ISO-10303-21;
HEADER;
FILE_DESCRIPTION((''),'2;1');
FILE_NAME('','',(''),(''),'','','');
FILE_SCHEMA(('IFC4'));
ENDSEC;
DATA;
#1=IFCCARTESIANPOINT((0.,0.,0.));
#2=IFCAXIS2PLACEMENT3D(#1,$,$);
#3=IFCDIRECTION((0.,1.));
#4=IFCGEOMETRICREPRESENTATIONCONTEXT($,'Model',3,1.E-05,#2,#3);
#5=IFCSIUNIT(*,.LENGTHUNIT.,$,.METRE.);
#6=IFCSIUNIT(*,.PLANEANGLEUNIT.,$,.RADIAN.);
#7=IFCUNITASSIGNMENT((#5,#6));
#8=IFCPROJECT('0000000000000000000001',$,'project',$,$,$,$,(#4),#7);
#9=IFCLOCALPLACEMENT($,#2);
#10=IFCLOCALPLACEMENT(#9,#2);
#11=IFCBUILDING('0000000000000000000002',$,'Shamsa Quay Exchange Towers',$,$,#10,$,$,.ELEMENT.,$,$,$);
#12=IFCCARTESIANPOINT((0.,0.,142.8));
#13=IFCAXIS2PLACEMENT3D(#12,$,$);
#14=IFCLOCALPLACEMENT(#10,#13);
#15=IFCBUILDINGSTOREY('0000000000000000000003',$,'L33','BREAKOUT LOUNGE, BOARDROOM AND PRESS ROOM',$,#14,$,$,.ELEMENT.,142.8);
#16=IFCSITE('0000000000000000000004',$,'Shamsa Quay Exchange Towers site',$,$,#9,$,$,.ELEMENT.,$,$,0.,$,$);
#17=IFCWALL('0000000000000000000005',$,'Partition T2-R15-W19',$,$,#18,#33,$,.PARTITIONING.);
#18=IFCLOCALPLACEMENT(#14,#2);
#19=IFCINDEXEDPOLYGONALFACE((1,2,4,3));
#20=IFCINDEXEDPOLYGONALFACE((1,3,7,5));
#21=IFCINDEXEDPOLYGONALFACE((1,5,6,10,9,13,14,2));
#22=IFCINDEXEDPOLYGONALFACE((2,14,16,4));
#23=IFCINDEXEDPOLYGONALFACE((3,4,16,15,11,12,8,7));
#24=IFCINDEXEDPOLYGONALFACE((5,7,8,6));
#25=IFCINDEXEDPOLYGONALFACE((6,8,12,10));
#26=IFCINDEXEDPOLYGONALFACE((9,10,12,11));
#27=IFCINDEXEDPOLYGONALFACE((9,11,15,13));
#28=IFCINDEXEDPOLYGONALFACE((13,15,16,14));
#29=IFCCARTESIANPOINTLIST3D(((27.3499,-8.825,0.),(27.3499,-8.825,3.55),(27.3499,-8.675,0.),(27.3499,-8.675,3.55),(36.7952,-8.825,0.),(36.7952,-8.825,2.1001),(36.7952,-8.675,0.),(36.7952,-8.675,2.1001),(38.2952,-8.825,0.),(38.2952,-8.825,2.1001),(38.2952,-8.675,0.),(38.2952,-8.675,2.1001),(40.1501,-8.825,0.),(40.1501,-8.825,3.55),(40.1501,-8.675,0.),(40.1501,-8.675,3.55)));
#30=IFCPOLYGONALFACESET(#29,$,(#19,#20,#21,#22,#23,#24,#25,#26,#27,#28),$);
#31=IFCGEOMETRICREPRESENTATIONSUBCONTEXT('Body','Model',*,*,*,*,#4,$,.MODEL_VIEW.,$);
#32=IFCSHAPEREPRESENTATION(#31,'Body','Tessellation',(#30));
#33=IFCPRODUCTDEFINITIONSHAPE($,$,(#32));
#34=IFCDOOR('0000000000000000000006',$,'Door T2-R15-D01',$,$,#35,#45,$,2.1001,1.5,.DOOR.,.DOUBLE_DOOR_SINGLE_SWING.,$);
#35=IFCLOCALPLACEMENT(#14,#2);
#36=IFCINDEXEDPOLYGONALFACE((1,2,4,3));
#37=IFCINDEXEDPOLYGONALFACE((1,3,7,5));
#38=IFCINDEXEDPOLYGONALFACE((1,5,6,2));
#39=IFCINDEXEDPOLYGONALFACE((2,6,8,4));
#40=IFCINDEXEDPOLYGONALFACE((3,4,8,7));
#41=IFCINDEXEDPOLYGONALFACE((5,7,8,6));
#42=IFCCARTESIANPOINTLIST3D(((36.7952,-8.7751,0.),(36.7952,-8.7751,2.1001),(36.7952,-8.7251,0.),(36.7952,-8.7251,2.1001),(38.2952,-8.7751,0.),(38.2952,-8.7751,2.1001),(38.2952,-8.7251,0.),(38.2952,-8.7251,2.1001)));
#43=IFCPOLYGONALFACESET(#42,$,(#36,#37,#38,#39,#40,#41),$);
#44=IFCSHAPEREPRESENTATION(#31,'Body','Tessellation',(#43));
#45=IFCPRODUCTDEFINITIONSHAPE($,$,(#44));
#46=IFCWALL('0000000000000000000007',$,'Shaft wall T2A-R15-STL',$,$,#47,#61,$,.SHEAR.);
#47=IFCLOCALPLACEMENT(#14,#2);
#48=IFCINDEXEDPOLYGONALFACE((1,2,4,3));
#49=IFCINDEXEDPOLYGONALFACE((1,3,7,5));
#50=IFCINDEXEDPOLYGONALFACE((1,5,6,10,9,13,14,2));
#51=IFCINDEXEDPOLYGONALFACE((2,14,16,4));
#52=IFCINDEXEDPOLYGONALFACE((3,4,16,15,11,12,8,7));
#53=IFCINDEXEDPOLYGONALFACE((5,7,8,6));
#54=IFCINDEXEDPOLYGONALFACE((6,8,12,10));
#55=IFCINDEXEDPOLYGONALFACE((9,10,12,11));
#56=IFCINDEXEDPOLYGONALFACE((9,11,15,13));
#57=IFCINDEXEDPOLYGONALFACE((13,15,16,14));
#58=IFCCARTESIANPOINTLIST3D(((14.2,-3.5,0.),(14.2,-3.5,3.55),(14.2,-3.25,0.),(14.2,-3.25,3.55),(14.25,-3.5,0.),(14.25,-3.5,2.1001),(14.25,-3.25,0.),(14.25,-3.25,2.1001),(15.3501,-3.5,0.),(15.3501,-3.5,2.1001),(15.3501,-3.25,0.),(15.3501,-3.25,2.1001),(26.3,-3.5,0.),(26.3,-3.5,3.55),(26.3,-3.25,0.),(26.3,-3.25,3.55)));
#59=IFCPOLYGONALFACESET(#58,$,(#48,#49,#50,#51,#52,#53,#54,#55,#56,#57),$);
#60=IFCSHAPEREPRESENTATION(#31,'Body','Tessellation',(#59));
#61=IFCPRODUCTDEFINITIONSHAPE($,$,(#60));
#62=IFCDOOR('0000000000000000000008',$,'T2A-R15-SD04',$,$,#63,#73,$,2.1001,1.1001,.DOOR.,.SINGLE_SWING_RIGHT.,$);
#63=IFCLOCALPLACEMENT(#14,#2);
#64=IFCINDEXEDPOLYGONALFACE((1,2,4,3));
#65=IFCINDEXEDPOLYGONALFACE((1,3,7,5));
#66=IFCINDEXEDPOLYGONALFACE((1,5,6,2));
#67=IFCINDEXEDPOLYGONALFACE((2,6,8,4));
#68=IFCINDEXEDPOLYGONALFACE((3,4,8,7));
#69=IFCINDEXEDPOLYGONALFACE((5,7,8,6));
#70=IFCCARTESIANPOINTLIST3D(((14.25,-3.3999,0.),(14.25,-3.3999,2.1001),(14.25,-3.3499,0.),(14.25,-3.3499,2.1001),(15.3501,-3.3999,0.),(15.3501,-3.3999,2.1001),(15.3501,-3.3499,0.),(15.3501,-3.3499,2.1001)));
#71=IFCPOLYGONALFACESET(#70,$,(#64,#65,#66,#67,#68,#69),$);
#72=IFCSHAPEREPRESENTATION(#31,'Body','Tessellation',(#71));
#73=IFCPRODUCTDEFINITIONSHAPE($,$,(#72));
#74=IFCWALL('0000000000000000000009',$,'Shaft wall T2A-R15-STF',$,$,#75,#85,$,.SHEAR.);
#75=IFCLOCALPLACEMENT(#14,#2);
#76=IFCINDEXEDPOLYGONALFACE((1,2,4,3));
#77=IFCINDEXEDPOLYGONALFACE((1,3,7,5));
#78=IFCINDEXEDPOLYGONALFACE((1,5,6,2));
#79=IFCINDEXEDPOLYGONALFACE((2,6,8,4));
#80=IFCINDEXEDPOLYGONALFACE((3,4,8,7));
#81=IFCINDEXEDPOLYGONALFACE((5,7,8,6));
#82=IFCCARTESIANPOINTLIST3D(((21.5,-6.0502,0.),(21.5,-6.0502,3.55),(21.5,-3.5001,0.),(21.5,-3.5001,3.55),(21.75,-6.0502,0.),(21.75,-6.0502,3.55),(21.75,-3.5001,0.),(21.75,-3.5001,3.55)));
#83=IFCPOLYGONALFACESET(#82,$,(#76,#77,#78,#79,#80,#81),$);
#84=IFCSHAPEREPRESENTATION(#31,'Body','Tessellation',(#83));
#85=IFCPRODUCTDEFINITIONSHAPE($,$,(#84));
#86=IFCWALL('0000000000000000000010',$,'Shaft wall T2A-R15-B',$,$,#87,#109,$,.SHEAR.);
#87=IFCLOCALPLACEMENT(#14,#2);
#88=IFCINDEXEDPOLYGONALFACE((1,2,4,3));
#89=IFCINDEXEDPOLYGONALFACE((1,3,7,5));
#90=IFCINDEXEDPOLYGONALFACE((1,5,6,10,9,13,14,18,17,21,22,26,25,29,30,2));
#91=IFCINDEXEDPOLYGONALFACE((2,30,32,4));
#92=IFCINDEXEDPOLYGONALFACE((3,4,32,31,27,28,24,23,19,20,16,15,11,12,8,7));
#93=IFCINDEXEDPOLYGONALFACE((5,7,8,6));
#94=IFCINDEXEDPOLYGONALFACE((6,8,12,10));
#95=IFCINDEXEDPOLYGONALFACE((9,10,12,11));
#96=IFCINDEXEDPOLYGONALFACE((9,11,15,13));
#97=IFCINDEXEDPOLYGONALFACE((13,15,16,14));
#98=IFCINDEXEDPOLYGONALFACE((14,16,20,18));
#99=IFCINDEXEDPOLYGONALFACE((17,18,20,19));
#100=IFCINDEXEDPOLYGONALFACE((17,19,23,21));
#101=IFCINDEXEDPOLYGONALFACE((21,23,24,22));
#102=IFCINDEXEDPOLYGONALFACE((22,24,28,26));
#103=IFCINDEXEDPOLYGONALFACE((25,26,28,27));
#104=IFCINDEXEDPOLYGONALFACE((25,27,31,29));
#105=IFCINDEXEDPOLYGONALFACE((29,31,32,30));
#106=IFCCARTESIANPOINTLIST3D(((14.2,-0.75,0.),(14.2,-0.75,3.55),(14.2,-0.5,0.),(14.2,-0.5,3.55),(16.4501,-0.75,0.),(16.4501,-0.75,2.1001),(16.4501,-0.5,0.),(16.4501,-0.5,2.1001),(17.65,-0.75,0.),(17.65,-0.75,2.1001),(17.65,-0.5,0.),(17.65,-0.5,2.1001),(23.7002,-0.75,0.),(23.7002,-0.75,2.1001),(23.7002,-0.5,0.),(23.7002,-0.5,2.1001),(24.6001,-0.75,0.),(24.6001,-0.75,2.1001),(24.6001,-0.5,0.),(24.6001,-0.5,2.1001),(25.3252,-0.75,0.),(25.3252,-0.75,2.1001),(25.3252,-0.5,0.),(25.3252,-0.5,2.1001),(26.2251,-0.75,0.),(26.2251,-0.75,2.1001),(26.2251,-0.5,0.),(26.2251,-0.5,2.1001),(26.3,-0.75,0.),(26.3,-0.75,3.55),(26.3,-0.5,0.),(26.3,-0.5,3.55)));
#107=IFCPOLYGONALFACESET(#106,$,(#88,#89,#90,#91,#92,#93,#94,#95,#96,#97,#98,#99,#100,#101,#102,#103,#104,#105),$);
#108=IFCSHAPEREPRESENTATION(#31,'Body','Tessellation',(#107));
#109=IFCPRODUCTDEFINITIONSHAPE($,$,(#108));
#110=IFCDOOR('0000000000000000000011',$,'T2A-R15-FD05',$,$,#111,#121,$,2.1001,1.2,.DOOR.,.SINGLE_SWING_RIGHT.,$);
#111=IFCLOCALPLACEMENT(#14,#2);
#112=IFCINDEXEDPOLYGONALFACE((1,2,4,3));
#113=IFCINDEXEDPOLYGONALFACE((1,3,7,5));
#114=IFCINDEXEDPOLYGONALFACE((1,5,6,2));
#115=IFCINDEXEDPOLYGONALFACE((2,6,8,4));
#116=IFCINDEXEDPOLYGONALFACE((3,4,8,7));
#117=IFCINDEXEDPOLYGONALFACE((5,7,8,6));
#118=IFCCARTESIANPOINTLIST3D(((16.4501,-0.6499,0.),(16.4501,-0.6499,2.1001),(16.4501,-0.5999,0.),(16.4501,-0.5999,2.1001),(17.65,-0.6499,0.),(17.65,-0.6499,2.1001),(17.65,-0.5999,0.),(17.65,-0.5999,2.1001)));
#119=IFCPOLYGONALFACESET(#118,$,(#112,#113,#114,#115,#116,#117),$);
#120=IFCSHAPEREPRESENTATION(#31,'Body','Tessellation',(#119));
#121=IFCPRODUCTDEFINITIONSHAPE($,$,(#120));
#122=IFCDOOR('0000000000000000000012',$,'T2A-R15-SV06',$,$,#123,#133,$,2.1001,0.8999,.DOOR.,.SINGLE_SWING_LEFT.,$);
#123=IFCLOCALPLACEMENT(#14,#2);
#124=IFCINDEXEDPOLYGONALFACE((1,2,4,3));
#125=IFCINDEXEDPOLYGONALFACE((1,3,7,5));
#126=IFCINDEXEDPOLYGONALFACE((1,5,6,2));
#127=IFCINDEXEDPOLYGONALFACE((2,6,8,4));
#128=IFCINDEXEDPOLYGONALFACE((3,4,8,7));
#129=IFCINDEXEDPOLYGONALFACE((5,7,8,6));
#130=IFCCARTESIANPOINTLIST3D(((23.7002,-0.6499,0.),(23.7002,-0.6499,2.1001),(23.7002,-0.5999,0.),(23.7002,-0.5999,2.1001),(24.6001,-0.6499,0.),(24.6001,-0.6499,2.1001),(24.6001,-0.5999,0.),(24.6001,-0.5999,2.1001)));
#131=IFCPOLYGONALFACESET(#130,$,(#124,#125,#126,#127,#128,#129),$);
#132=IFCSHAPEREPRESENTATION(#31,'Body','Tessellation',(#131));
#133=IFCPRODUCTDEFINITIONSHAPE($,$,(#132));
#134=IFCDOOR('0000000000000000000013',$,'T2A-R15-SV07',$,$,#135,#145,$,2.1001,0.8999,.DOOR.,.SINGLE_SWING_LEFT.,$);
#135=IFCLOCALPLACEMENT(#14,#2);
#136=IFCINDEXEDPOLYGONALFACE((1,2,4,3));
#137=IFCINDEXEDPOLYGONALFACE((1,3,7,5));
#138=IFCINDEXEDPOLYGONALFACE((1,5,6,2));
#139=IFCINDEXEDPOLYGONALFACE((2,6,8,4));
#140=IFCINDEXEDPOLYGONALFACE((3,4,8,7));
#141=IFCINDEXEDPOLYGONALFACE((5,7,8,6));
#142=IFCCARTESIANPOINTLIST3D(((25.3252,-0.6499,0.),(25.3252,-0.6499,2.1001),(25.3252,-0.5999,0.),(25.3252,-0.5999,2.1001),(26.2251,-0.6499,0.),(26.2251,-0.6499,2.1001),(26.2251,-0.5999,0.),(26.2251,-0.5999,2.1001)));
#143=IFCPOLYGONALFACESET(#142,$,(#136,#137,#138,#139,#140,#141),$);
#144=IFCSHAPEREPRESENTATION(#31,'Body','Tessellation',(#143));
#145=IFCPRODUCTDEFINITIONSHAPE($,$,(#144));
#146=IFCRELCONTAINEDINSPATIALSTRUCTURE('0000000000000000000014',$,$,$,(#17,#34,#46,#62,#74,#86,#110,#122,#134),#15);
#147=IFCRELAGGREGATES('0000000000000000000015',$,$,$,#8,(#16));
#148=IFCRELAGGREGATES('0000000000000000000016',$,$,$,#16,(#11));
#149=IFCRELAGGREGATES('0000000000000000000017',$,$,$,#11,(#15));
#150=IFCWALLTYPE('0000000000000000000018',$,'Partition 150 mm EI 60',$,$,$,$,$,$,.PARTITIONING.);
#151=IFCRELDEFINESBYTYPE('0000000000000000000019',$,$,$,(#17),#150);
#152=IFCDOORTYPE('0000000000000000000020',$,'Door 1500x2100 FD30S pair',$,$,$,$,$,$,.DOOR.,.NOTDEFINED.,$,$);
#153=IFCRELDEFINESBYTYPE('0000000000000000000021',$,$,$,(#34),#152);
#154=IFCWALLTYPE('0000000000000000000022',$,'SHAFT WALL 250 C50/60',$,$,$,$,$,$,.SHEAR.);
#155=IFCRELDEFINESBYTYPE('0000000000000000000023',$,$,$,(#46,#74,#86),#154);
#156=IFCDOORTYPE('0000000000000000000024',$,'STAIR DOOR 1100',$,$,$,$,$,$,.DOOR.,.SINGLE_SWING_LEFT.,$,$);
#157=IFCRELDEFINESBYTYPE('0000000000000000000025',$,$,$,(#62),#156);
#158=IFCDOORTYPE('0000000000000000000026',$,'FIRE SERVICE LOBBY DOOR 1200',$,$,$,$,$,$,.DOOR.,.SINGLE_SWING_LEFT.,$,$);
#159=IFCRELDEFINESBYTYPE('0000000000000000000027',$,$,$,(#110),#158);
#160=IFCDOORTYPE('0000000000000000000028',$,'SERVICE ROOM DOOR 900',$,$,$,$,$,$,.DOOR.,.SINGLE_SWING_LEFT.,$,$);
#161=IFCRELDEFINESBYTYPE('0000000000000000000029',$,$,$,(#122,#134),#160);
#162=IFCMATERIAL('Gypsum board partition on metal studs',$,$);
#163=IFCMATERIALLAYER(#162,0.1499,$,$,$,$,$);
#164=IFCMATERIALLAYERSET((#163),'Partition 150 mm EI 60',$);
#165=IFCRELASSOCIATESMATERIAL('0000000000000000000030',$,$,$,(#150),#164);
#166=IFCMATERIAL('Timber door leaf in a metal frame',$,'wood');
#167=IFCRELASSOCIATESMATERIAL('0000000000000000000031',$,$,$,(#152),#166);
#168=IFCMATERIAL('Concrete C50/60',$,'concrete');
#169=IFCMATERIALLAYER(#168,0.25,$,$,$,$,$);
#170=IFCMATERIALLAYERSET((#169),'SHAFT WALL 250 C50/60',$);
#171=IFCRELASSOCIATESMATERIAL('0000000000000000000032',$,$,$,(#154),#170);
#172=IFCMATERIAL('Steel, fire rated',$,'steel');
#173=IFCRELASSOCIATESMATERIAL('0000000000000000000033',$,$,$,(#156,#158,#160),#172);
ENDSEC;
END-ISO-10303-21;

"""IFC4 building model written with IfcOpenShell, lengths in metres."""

from ifc_helpers import new_model, si_unit, direction, frame, frame_2d, origin, place, context, subcontext, project, spatial, rectangle, extrude, material, layer, layer_set, type_object, element, fill, save


model = new_model("IFC4")

# Units and contexts
model_context = context("Model", 3, precision=1e-05, world=origin(), true_north=direction((0.0, 1.0)))
body_context = subcontext(model_context, "Body", "Model", "MODEL_VIEW")
ifc_project = project(units=[si_unit("LENGTHUNIT", "METRE"), si_unit("PLANEANGLEUNIT", "RADIAN")], contexts=[model_context])

# Site, building, storey
site_placement = place(None, origin())
site = spatial("IfcSite", under=ifc_project, at=site_placement, Name="Shamsa Quay Exchange Towers site", CompositionType="ELEMENT", RefElevation=0.0)
building_placement = place(site_placement, origin())
building = spatial("IfcBuilding", under=site, at=building_placement, Name="Shamsa Quay Exchange Towers", CompositionType="ELEMENT")
storey_placement = place(building_placement, frame((0.0, 0.0, 142.8)))
storey = spatial("IfcBuildingStorey", under=building, at=storey_placement, Name="L33", Description="BREAKOUT LOUNGE, BOARDROOM AND PRESS ROOM", CompositionType="ELEMENT", Elevation=142.8)

# Shared definitions
ifc_material_1 = material(Name="Gypsum board partition on metal studs")
ifc_layer_1 = layer(ifc_material_1, 0.1499)
ifc_layer_set_1 = layer_set([ifc_layer_1], Name="Partition 150 mm EI 60")
wall_type_1 = type_object("IfcWallType", Name="Partition 150 mm EI 60", PredefinedType="PARTITIONING", material=ifc_layer_set_1)

# Walls, openings, doors
wall_1_placement = place(storey_placement, frame((27.3499, -8.75, 0.0)))
wall_1 = element("IfcWall", 1, at=wall_1_placement, inside=storey, type_object=wall_type_1, Name="Partition T2-R15-W19", PredefinedType="PARTITIONING", context=body_context, shape_type="SweptSolid", body=[
    extrude(rectangle(XDim=12.8003, YDim=0.1499, at=frame_2d((6.4001, 0.0))), origin(), (0.0, 0.0, 1.0), 3.55),
])
opening_1_placement = place(wall_1_placement, frame((9.4453, 0.0, 0.0)))
opening_1 = element("IfcOpeningElement", 2, at=opening_1_placement, cuts=wall_1, PredefinedType="OPENING", context=body_context, shape_type="SweptSolid", body=[
    extrude(rectangle(XDim=1.5, YDim=2.1001, at=frame_2d((0.75, 1.05))), frame((0.0, 0.085, 0.0), z_axis=(0.0, -1.0, 0.0), x_axis=(1.0, 0.0, 0.0)), (0.0, 0.0, 1.0), 0.1699),
])
ifc_material_2 = material(Name="Timber door leaf in a metal frame", Category="wood")
door_type_1 = type_object("IfcDoorType", Name="Door 1500x2100 FD30S pair", OperationType="NOTDEFINED", PredefinedType="DOOR", material=ifc_material_2)
door_1_placement = place(opening_1_placement, origin())
door_1 = element("IfcDoor", 3, at=door_1_placement, inside=storey, type_object=door_type_1, Name="Door T2-R15-D01", OperationType="DOUBLE_DOOR_SINGLE_SWING", OverallHeight=2.1001, OverallWidth=1.5, PredefinedType="DOOR", context=body_context, shape_type="SweptSolid", body=[
    extrude(rectangle(XDim=1.5, YDim=2.1001, at=frame_2d((0.75, 1.05))), frame((0.0, 0.0249, 0.0), z_axis=(0.0, -1.0, 0.0), x_axis=(1.0, 0.0, 0.0)), (0.0, 0.0, 1.0), 0.05),
])
fill(opening_1, door_1)
ifc_material_3 = material(Name="Concrete C50/60", Category="concrete")
ifc_layer_2 = layer(ifc_material_3, 0.25)
ifc_layer_set_2 = layer_set([ifc_layer_2], Name="SHAFT WALL 250 C50/60")
wall_type_2 = type_object("IfcWallType", Name="SHAFT WALL 250 C50/60", PredefinedType="SHEAR", material=ifc_layer_set_2)
wall_2_placement = place(storey_placement, frame((26.3, -3.375, 0.0), z_axis=(0.0, 0.0, 1.0), x_axis=(-1.0, 0.0, 0.0)))
wall_2 = element("IfcWall", 4, at=wall_2_placement, inside=storey, type_object=wall_type_2, Name="Shaft wall T2A-R15-STL", PredefinedType="SHEAR", context=body_context, shape_type="SweptSolid", body=[
    extrude(rectangle(XDim=12.1001, YDim=0.25, at=frame_2d((6.05, 0.0))), origin(), (0.0, 0.0, 1.0), 3.55),
])
opening_2_placement = place(wall_2_placement, frame((10.95, 0.0, 0.0)))
opening_2 = element("IfcOpeningElement", 5, at=opening_2_placement, cuts=wall_2, PredefinedType="OPENING", context=body_context, shape_type="SweptSolid", body=[
    extrude(rectangle(XDim=1.1001, YDim=2.1001, at=frame_2d((0.55, 1.05))), frame((0.0, 0.135, 0.0), z_axis=(0.0, -1.0, 0.0), x_axis=(1.0, 0.0, 0.0)), (0.0, 0.0, 1.0), 0.27),
])
ifc_material_4 = material(Name="Steel, fire rated", Category="steel")
door_type_2 = type_object("IfcDoorType", Name="STAIR DOOR 1100", OperationType="SINGLE_SWING_LEFT", PredefinedType="DOOR", material=ifc_material_4)
door_2_placement = place(opening_2_placement, origin())
door_2 = element("IfcDoor", 6, at=door_2_placement, inside=storey, type_object=door_type_2, Name="T2A-R15-SD04", OperationType="SINGLE_SWING_RIGHT", OverallHeight=2.1001, OverallWidth=1.1001, PredefinedType="DOOR", context=body_context, shape_type="SweptSolid", body=[
    extrude(rectangle(XDim=1.1001, YDim=2.1001, at=frame_2d((0.55, 1.05))), frame((0.0, 0.0249, 0.0), z_axis=(0.0, -1.0, 0.0), x_axis=(1.0, 0.0, 0.0)), (0.0, 0.0, 1.0), 0.05),
])
fill(opening_2, door_2)

# Wall
wall_3_placement = place(storey_placement, frame((21.625, -6.05, 0.0), z_axis=(0.0, 0.0, 1.0), x_axis=(0.0, 1.0, 0.0)))
element("IfcWall", 7, at=wall_3_placement, inside=storey, type_object=wall_type_2, Name="Shaft wall T2A-R15-STF", PredefinedType="SHEAR", context=body_context, shape_type="SweptSolid", body=[
    extrude(rectangle(XDim=2.55, YDim=0.25, at=frame_2d((1.2749, 0.0))), origin(), (0.0, 0.0, 1.0), 3.55),
])

# Wall, openings, doors
wall_4_placement = place(storey_placement, frame((26.3, -0.625, 0.0), z_axis=(0.0, 0.0, 1.0), x_axis=(-1.0, 0.0, 0.0)))
wall_4 = element("IfcWall", 8, at=wall_4_placement, inside=storey, type_object=wall_type_2, Name="Shaft wall T2A-R15-B", PredefinedType="SHEAR", context=body_context, shape_type="SweptSolid", body=[
    extrude(rectangle(XDim=12.1001, YDim=0.25, at=frame_2d((6.05, 0.0))), origin(), (0.0, 0.0, 1.0), 3.55),
])
opening_3_placement = place(wall_4_placement, frame((8.6499, 0.0, 0.0)))
opening_3 = element("IfcOpeningElement", 9, at=opening_3_placement, cuts=wall_4, PredefinedType="OPENING", context=body_context, shape_type="SweptSolid", body=[
    extrude(rectangle(XDim=1.2, YDim=2.1001, at=frame_2d((0.6001, 1.05))), frame((0.0, 0.135, 0.0), z_axis=(0.0, -1.0, 0.0), x_axis=(1.0, 0.0, 0.0)), (0.0, 0.0, 1.0), 0.27),
])
opening_4_placement = place(wall_4_placement, frame((1.7, 0.0, 0.0)))
opening_4 = element("IfcOpeningElement", 10, at=opening_4_placement, cuts=wall_4, PredefinedType="OPENING", context=body_context, shape_type="SweptSolid", body=[
    extrude(rectangle(XDim=0.8999, YDim=2.1001, at=frame_2d((0.45, 1.05))), frame((0.0, 0.135, 0.0), z_axis=(0.0, -1.0, 0.0), x_axis=(1.0, 0.0, 0.0)), (0.0, 0.0, 1.0), 0.27),
])
opening_5_placement = place(wall_4_placement, frame((0.075, 0.0, 0.0)))
opening_5 = element("IfcOpeningElement", 11, at=opening_5_placement, cuts=wall_4, PredefinedType="OPENING", context=body_context, shape_type="SweptSolid", body=[
    extrude(rectangle(XDim=0.8999, YDim=2.1001, at=frame_2d((0.45, 1.05))), frame((0.0, 0.135, 0.0), z_axis=(0.0, -1.0, 0.0), x_axis=(1.0, 0.0, 0.0)), (0.0, 0.0, 1.0), 0.27),
])
door_type_3 = type_object("IfcDoorType", Name="FIRE SERVICE LOBBY DOOR 1200", OperationType="SINGLE_SWING_LEFT", PredefinedType="DOOR", material=ifc_material_4)
door_3_placement = place(opening_3_placement, origin())
door_3 = element("IfcDoor", 12, at=door_3_placement, inside=storey, type_object=door_type_3, Name="T2A-R15-FD05", OperationType="SINGLE_SWING_RIGHT", OverallHeight=2.1001, OverallWidth=1.2, PredefinedType="DOOR", context=body_context, shape_type="SweptSolid", body=[
    extrude(rectangle(XDim=1.2, YDim=2.1001, at=frame_2d((0.6001, 1.05))), frame((0.0, 0.0249, 0.0), z_axis=(0.0, -1.0, 0.0), x_axis=(1.0, 0.0, 0.0)), (0.0, 0.0, 1.0), 0.05),
])
fill(opening_3, door_3)
door_type_4 = type_object("IfcDoorType", Name="SERVICE ROOM DOOR 900", OperationType="SINGLE_SWING_LEFT", PredefinedType="DOOR", material=ifc_material_4)
door_4_placement = place(opening_4_placement, origin())
door_4 = element("IfcDoor", 13, at=door_4_placement, inside=storey, type_object=door_type_4, Name="T2A-R15-SV06", OperationType="SINGLE_SWING_LEFT", OverallHeight=2.1001, OverallWidth=0.8999, PredefinedType="DOOR", context=body_context, shape_type="SweptSolid", body=[
    extrude(rectangle(XDim=0.8999, YDim=2.1001, at=frame_2d((0.45, 1.05))), frame((0.0, 0.0249, 0.0), z_axis=(0.0, -1.0, 0.0), x_axis=(1.0, 0.0, 0.0)), (0.0, 0.0, 1.0), 0.05),
])
fill(opening_4, door_4)
door_5_placement = place(opening_5_placement, origin())
door_5 = element("IfcDoor", 14, at=door_5_placement, inside=storey, type_object=door_type_4, Name="T2A-R15-SV07", OperationType="SINGLE_SWING_LEFT", OverallHeight=2.1001, OverallWidth=0.8999, PredefinedType="DOOR", context=body_context, shape_type="SweptSolid", body=[
    extrude(rectangle(XDim=0.8999, YDim=2.1001, at=frame_2d((0.45, 1.05))), frame((0.0, 0.0249, 0.0), z_axis=(0.0, -1.0, 0.0), x_axis=(1.0, 0.0, 0.0)), (0.0, 0.0, 1.0), 0.05),
])
fill(opening_5, door_5)

save(model, "model.ifc")
